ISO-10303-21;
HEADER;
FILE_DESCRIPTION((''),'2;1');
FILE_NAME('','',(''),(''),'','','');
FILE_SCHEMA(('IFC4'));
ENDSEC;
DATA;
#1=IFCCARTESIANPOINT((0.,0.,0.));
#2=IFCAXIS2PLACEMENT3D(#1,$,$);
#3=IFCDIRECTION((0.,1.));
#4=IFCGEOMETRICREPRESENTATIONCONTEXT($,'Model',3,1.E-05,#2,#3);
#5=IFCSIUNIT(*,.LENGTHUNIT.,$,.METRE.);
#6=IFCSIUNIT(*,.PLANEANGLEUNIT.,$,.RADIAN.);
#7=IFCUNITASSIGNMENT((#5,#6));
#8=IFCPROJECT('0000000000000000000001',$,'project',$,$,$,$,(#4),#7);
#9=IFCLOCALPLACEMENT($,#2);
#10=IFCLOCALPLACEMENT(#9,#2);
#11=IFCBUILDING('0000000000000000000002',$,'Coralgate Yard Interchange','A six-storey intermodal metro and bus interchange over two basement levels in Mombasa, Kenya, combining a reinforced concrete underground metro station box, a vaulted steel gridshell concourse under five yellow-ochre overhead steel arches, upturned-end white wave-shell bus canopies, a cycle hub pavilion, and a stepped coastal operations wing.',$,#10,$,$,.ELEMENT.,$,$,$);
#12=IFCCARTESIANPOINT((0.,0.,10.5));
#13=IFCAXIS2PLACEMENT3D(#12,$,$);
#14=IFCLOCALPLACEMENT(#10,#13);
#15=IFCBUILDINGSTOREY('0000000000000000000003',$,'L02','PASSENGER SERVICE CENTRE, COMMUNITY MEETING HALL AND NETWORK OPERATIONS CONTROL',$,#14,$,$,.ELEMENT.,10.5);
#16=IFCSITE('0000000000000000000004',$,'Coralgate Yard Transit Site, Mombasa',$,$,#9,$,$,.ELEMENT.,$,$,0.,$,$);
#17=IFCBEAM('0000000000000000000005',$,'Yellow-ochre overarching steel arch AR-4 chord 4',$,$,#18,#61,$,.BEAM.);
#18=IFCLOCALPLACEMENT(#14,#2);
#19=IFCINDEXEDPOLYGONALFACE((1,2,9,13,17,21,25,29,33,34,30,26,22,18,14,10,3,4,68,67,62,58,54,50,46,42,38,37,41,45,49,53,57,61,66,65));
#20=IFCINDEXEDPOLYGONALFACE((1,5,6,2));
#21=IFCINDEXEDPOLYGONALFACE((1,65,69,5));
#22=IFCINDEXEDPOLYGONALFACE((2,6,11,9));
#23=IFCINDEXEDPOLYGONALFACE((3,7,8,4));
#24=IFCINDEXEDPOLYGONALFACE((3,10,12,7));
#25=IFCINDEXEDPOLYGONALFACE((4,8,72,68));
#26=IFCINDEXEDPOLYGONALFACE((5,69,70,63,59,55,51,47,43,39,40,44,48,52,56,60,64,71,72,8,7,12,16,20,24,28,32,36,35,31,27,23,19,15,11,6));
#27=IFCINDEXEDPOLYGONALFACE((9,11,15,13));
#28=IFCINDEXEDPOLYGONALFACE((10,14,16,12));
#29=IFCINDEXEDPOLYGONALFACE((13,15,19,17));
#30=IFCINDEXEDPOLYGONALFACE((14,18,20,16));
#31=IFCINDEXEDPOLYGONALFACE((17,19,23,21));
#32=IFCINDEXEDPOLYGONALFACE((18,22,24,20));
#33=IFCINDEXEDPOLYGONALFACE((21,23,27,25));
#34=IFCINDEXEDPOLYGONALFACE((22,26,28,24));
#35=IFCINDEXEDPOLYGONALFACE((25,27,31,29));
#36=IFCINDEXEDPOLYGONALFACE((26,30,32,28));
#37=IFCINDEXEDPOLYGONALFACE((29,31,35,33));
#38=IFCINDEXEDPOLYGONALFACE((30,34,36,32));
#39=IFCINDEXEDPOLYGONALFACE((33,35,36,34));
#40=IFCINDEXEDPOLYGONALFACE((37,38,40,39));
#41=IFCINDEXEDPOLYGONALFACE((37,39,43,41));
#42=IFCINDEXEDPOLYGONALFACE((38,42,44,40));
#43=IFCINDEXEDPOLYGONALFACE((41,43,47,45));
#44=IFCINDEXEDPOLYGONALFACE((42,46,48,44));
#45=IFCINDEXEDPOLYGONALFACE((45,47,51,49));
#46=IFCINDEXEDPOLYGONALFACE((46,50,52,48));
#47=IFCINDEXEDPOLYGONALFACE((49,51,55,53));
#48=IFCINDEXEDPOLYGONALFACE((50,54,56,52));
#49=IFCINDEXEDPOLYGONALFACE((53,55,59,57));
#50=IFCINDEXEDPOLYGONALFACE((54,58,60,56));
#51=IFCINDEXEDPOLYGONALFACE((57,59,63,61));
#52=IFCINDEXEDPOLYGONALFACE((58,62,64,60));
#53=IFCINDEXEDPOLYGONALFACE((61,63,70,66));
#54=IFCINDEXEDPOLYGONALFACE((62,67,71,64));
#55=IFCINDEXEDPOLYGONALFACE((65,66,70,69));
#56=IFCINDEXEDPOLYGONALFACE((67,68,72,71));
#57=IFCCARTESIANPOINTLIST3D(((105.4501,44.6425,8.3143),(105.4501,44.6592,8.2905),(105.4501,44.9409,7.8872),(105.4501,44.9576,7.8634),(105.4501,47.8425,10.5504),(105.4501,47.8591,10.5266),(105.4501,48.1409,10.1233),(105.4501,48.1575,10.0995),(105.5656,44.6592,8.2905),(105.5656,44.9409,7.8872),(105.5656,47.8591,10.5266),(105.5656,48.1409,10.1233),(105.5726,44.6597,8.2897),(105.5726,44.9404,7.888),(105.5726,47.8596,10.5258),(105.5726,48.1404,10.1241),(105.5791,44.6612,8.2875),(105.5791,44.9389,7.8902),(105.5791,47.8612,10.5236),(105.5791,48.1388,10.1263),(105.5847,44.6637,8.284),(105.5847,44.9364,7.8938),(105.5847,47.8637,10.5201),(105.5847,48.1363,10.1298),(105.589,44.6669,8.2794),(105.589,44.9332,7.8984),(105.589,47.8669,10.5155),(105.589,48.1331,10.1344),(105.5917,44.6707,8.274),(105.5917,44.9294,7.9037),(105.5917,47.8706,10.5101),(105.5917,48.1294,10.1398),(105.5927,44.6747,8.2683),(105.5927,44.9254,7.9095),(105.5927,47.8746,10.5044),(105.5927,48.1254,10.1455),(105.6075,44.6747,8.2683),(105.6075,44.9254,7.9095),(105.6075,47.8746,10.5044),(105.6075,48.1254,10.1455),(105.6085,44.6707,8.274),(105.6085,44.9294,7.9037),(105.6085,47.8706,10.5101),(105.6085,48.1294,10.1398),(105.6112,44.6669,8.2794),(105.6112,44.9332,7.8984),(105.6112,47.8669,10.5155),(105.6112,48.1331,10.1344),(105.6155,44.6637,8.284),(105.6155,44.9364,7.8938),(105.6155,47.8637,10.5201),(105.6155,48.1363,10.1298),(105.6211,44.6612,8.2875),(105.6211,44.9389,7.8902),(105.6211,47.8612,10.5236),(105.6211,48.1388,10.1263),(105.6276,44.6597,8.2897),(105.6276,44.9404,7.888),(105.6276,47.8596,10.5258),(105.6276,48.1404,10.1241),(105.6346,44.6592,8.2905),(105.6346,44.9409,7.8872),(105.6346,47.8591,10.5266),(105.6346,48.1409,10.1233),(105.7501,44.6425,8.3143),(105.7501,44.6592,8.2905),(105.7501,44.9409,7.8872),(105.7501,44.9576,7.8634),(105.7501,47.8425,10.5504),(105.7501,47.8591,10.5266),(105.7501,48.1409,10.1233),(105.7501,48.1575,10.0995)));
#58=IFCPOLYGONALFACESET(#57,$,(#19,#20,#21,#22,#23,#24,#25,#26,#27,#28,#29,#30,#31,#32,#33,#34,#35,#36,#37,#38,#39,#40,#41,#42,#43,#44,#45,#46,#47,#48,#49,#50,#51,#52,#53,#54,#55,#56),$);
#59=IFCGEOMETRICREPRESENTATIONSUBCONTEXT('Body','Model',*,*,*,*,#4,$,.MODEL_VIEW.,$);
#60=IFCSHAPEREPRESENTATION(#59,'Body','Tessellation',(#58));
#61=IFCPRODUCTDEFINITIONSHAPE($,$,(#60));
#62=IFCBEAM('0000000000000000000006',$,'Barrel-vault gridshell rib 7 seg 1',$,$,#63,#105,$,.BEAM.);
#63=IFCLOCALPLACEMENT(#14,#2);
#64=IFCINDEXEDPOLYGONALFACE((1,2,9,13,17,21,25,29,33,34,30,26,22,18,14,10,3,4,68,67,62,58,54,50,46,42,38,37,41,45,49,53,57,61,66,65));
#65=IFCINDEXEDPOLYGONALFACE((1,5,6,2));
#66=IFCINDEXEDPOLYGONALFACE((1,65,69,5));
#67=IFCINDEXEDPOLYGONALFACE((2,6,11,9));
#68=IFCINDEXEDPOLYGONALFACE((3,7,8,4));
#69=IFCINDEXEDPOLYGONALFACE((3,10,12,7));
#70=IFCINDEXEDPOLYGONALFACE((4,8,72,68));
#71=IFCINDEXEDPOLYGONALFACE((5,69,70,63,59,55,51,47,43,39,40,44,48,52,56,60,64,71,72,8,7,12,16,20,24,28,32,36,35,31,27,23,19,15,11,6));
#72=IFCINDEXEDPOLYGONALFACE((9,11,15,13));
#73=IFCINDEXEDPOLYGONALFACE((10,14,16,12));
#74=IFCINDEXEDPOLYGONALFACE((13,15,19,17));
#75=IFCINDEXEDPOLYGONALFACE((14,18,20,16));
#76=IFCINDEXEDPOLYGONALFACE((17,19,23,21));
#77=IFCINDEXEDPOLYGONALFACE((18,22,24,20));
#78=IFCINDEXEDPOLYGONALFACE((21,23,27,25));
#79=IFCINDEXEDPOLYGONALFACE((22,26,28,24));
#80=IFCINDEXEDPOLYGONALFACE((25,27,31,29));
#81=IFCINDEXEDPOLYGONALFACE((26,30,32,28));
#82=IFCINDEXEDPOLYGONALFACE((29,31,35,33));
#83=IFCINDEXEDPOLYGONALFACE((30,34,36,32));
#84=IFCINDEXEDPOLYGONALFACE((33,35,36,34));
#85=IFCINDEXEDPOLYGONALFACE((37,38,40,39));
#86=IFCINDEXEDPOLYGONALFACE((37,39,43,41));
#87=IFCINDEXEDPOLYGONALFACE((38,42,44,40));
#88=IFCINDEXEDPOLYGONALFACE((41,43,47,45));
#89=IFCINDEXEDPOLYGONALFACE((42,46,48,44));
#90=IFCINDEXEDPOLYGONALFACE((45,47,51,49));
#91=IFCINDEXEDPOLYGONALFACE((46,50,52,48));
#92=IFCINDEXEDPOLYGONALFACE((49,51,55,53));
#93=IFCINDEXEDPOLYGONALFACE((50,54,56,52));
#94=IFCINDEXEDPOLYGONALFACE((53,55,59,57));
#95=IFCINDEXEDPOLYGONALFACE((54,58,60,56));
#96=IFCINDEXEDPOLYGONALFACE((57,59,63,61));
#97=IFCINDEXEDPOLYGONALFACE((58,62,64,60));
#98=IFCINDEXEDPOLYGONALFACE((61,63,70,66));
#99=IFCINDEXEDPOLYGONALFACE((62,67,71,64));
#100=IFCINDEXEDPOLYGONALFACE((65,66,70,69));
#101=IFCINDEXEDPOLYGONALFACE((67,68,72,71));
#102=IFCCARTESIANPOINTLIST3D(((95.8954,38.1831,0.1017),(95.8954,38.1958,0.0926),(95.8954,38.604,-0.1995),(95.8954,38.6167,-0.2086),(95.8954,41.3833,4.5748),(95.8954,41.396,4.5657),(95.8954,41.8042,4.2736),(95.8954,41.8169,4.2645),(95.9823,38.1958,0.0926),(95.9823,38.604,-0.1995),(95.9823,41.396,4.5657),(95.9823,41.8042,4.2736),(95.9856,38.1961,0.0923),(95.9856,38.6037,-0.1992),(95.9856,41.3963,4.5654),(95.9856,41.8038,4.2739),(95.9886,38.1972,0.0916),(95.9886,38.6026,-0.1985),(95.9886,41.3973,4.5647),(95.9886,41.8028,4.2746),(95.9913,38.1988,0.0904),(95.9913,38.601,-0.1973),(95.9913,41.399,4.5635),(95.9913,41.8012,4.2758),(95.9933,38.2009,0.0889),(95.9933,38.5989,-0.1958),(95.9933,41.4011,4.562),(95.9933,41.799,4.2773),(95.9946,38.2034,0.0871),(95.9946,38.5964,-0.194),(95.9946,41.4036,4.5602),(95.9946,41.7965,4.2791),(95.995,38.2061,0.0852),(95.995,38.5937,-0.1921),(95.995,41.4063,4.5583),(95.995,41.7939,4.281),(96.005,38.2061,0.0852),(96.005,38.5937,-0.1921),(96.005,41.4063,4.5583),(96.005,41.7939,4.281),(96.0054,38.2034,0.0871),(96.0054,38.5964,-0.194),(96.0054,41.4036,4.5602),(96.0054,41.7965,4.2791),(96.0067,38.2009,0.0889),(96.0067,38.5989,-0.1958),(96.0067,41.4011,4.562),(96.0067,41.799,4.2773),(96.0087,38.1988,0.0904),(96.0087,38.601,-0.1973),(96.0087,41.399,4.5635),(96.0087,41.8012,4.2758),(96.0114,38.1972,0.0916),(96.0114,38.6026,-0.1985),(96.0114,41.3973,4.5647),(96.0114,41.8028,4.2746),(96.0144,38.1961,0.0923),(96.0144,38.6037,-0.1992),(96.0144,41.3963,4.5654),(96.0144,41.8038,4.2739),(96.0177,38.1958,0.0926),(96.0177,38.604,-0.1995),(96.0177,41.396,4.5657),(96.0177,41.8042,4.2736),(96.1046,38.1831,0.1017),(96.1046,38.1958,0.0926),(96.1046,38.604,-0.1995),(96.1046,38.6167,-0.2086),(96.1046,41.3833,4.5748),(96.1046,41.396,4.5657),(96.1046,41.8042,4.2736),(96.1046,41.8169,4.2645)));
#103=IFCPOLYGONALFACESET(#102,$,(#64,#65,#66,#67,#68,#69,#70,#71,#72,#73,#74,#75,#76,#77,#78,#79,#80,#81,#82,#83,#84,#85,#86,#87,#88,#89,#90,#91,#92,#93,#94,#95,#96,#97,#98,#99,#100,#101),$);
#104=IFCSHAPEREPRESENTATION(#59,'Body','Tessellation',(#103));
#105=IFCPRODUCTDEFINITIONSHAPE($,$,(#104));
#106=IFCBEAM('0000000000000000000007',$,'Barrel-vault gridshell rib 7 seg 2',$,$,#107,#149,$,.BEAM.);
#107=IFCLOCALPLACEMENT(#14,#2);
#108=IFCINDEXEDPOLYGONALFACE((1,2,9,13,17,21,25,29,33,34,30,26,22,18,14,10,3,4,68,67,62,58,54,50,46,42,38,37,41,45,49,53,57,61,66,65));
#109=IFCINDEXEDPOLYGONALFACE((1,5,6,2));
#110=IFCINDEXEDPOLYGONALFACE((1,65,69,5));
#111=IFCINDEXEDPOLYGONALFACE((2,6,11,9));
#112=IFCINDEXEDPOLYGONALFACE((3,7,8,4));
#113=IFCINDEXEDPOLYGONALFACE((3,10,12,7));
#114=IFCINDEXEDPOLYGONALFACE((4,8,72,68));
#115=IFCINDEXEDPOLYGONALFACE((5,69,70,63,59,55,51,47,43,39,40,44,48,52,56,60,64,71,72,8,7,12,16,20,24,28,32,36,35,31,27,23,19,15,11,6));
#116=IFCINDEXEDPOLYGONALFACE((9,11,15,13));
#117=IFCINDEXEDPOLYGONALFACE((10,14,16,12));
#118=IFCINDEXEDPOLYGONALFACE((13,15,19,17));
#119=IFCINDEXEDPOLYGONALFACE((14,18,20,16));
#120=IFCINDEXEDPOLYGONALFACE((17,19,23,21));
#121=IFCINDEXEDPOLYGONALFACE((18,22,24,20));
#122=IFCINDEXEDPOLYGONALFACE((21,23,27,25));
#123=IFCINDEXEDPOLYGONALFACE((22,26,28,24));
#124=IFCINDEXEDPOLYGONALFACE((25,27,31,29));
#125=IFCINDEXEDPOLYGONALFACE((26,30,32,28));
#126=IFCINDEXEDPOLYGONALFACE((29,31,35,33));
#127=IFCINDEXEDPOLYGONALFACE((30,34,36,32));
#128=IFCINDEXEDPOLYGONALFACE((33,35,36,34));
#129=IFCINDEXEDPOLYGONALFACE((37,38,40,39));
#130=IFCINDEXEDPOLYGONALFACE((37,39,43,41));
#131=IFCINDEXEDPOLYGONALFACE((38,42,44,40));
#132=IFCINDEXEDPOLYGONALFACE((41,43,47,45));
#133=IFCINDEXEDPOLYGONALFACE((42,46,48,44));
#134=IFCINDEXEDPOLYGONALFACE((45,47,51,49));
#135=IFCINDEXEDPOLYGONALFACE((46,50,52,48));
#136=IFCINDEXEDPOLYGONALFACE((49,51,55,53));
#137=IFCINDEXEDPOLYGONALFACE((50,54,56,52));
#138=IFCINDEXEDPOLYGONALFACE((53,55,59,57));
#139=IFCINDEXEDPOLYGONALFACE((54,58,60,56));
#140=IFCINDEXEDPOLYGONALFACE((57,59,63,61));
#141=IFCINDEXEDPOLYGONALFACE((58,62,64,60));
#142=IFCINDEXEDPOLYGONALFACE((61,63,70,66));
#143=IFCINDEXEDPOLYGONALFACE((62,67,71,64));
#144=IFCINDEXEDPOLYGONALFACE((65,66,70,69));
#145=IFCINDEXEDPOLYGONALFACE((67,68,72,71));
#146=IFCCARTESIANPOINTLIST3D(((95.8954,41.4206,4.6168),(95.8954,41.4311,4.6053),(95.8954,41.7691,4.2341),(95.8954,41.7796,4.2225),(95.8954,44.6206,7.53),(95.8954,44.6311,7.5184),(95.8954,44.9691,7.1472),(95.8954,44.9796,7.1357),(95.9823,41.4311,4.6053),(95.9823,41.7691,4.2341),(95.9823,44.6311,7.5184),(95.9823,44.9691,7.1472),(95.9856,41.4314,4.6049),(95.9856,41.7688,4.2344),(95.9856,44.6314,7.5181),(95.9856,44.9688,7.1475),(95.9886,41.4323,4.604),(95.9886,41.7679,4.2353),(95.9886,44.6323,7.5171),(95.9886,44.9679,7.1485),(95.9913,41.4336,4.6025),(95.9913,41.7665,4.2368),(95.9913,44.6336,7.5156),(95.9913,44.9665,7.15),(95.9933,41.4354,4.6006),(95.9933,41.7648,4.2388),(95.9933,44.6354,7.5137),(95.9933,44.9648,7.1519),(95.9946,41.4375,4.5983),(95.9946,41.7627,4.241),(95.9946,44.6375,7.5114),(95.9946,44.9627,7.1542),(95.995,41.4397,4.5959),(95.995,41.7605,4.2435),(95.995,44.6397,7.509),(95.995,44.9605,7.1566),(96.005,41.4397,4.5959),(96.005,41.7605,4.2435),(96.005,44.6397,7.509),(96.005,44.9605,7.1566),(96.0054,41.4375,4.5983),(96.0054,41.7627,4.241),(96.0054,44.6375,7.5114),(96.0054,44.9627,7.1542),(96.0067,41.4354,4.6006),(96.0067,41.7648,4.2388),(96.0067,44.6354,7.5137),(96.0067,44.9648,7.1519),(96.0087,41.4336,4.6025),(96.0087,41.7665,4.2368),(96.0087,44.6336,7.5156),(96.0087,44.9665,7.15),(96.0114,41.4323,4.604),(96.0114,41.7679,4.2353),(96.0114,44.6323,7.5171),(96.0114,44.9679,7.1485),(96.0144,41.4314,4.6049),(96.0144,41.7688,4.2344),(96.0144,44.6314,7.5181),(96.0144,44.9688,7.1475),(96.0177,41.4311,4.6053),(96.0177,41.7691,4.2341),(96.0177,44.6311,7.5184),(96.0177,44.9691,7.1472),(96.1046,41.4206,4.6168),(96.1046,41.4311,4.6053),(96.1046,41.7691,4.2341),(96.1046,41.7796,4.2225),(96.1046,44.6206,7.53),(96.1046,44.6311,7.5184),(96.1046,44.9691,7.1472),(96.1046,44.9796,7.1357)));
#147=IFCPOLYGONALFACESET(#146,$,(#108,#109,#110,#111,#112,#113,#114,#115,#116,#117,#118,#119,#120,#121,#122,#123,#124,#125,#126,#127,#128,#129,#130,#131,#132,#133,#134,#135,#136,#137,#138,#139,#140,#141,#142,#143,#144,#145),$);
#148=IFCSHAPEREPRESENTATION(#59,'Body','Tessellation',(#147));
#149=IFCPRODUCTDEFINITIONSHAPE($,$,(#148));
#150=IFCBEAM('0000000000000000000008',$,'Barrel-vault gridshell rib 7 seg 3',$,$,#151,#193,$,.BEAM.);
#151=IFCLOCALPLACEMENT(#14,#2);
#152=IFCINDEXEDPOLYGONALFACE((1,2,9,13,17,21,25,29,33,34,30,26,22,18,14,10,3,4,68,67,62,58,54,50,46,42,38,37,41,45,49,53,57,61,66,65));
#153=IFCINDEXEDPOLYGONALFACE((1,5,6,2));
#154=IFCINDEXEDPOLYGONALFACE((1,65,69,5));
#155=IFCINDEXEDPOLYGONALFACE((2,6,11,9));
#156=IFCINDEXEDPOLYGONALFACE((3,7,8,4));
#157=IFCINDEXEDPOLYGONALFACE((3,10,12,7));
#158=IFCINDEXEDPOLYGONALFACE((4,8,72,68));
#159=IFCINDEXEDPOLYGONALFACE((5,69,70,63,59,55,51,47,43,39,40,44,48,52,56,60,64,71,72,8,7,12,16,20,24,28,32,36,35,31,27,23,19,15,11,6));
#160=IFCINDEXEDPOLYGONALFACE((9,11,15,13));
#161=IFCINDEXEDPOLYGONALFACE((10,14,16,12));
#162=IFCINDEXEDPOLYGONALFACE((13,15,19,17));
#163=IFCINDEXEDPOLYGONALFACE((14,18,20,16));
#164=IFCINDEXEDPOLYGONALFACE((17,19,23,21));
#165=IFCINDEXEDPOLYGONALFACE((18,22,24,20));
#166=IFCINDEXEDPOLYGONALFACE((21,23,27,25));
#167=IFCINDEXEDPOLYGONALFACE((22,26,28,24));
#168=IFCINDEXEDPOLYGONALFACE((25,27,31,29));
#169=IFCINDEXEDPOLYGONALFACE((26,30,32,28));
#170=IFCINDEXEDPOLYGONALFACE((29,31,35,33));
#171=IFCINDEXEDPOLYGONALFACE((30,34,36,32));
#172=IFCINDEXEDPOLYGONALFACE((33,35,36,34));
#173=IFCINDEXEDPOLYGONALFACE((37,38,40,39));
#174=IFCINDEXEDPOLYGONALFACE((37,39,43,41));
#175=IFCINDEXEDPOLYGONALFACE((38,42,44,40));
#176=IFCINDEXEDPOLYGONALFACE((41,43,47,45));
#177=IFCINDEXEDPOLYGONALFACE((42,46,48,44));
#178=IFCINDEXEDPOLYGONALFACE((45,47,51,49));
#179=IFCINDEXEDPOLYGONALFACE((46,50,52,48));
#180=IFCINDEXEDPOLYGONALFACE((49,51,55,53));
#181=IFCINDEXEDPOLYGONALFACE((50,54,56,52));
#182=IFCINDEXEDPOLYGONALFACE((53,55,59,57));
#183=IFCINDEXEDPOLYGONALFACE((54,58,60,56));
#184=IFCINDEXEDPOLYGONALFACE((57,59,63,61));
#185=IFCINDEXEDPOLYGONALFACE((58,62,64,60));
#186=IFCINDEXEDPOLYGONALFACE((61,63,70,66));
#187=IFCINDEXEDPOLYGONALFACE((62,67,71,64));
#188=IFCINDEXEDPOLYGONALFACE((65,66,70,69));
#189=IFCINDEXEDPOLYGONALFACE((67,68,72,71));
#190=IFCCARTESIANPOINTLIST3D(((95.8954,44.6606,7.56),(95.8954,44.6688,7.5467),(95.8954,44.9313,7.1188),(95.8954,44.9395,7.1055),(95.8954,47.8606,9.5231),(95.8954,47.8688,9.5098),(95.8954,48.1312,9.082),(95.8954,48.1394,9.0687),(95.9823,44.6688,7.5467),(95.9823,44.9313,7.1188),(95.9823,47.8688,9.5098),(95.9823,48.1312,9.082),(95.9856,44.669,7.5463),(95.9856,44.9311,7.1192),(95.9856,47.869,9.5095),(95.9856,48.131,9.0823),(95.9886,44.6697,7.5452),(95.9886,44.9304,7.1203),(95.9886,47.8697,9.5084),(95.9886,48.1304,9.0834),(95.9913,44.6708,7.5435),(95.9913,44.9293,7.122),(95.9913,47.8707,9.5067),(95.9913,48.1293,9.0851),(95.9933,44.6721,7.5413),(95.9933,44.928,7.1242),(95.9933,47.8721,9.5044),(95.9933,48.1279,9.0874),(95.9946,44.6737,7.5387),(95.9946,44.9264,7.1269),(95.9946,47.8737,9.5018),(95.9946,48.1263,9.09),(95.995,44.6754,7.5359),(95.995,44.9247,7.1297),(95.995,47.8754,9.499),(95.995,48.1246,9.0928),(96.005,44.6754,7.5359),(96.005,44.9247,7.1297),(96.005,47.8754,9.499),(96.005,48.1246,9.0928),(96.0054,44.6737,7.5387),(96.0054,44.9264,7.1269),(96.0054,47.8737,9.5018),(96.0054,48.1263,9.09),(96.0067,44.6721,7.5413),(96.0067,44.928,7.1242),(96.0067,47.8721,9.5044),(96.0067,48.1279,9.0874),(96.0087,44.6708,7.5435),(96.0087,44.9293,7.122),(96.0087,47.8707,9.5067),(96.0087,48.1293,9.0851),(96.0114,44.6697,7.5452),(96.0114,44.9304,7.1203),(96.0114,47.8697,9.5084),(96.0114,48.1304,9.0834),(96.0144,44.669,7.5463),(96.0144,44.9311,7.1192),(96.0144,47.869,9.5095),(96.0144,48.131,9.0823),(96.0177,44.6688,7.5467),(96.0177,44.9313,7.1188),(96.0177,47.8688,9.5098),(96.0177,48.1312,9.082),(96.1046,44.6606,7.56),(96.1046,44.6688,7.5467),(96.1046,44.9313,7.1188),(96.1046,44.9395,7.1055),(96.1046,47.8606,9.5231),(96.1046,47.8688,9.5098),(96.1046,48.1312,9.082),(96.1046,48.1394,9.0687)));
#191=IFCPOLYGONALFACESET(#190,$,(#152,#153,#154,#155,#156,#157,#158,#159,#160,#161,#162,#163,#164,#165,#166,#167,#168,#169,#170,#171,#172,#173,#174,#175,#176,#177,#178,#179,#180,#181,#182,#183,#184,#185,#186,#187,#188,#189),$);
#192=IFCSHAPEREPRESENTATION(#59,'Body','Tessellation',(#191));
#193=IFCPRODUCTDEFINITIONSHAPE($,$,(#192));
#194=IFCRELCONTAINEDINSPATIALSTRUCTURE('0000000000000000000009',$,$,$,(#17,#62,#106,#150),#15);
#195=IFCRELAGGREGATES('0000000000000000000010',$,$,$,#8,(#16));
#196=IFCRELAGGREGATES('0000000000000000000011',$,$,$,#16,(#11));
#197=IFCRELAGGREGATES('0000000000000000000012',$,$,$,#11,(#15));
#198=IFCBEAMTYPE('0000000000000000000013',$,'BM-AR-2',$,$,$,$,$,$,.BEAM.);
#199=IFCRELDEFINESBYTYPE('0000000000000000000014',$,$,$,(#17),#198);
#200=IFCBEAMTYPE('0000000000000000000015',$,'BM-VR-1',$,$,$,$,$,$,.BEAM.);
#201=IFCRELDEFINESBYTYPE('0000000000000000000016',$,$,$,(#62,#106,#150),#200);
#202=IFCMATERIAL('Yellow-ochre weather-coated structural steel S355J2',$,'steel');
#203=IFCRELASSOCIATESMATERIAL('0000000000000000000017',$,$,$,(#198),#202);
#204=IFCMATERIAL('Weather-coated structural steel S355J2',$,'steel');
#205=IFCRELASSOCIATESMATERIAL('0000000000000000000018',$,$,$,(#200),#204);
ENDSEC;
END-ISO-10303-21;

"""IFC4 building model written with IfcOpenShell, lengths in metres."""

from ifc_helpers import new_model, si_unit, direction, frame, origin, origin_2d, place, context, subcontext, project, spatial, i_section, extrude, material, material_profile, profile_set, type_object, element, save


model = new_model("IFC4")

# Units and contexts
model_context = context("Model", 3, precision=1e-05, world=origin(), true_north=direction((0.0, 1.0)))
body_context = subcontext(model_context, "Body", "Model", "MODEL_VIEW")
ifc_project = project(units=[si_unit("LENGTHUNIT", "METRE"), si_unit("PLANEANGLEUNIT", "RADIAN")], contexts=[model_context])

# Site, building, storey
site_placement = place(None, origin())
site = spatial("IfcSite", under=ifc_project, at=site_placement, Name="Coralgate Yard Transit Site, Mombasa", CompositionType="ELEMENT", RefElevation=0.0)
building_placement = place(site_placement, origin())
building = spatial("IfcBuilding", under=site, at=building_placement, Name="Coralgate Yard Interchange", Description="A six-storey intermodal metro and bus interchange over two basement levels in Mombasa, Kenya, combining a reinforced concrete underground metro station box, a vaulted steel gridshell concourse under five yellow-ochre overhead steel arches, upturned-end white wave-shell bus canopies, a cycle hub pavilion, and a stepped coastal operations wing.", CompositionType="ELEMENT")
storey_placement = place(building_placement, frame((0.0, 0.0, 10.5)))
storey = spatial("IfcBuildingStorey", under=building, at=storey_placement, Name="L02", Description="PASSENGER SERVICE CENTRE, COMMUNITY MEETING HALL AND NETWORK OPERATIONS CONTROL", CompositionType="ELEMENT", Elevation=10.5)

# Beams
ifc_material_1 = material(Name="Yellow-ochre weather-coated structural steel S355J2", Category="steel")
ifc_material_profile_1 = material_profile(ifc_material_1, i_section(OverallWidth=0.3, OverallDepth=0.55, WebThickness=0.0149, FlangeThickness=0.0291, FilletRadius=0.0271, at=origin_2d()), Name="HEB 550")
ifc_profile_set_1 = profile_set([ifc_material_profile_1], Name="Yellow-ochre weather-coated structural steel S355J2")
beam_type_1 = type_object("IfcBeamType", Name="BM-AR-2", PredefinedType="BEAM", material=ifc_profile_set_1)
beam_1_placement = place(storey_placement, frame((105.6001, 44.8, 8.0889), z_axis=(0.0, 0.819699, 0.572795), x_axis=(-1.0, 0.0, 0.0)))
element("IfcBeam", 1, at=beam_1_placement, inside=storey, type_object=beam_type_1, Name="Yellow-ochre overarching steel arch AR-4 chord 4", PredefinedType="BEAM", context=body_context, shape_type="SweptSolid", body=[
    extrude(i_section(OverallWidth=0.3, OverallDepth=0.55, WebThickness=0.0149, FlangeThickness=0.0291, FilletRadius=0.0271, at=origin_2d()), origin(), (0.0, 0.0, 1.0), 3.9038),
])
ifc_material_2 = material(Name="Weather-coated structural steel S355J2", Category="steel")
ifc_material_profile_2 = material_profile(ifc_material_2, i_section(OverallWidth=0.2092, OverallDepth=0.5332, WebThickness=0.01, FlangeThickness=0.0156, FilletRadius=0.0127, at=origin_2d()), Name="UB 533x210x92")
ifc_profile_set_2 = profile_set([ifc_material_profile_2], Name="Weather-coated structural steel S355J2")
beam_type_2 = type_object("IfcBeamType", Name="BM-VR-1", PredefinedType="BEAM", material=ifc_profile_set_2)
beam_2_placement = place(storey_placement, frame((96.0, 38.3999, -0.0535), z_axis=(0.0, 0.581851, 0.813295), x_axis=(-1.0, 0.0, 0.0)))
element("IfcBeam", 2, at=beam_2_placement, inside=storey, type_object=beam_type_2, Name="Barrel-vault gridshell rib 7 seg 1", PredefinedType="BEAM", context=body_context, shape_type="SweptSolid", body=[
    extrude(i_section(OverallWidth=0.2092, OverallDepth=0.5332, WebThickness=0.01, FlangeThickness=0.0156, FilletRadius=0.0127, at=origin_2d()), origin(), (0.0, 0.0, 1.0), 5.5),
])
beam_3_placement = place(storey_placement, frame((96.0, 41.6001, 4.4197), z_axis=(0.0, 0.739475, 0.673184), x_axis=(-1.0, 0.0, 0.0)))
element("IfcBeam", 3, at=beam_3_placement, inside=storey, type_object=beam_type_2, Name="Barrel-vault gridshell rib 7 seg 2", PredefinedType="BEAM", context=body_context, shape_type="SweptSolid", body=[
    extrude(i_section(OverallWidth=0.2092, OverallDepth=0.5332, WebThickness=0.01, FlangeThickness=0.0156, FilletRadius=0.0127, at=origin_2d()), origin(), (0.0, 0.0, 1.0), 4.3274),
])
beam_4_placement = place(storey_placement, frame((96.0, 44.8, 7.3328), z_axis=(0.0, 0.852379, 0.522925), x_axis=(-1.0, 0.0, 0.0)))
element("IfcBeam", 4, at=beam_4_placement, inside=storey, type_object=beam_type_2, Name="Barrel-vault gridshell rib 7 seg 3", PredefinedType="BEAM", context=body_context, shape_type="SweptSolid", body=[
    extrude(i_section(OverallWidth=0.2092, OverallDepth=0.5332, WebThickness=0.01, FlangeThickness=0.0156, FilletRadius=0.0127, at=origin_2d()), origin(), (0.0, 0.0, 1.0), 3.7542),
])

save(model, "model.ifc")
